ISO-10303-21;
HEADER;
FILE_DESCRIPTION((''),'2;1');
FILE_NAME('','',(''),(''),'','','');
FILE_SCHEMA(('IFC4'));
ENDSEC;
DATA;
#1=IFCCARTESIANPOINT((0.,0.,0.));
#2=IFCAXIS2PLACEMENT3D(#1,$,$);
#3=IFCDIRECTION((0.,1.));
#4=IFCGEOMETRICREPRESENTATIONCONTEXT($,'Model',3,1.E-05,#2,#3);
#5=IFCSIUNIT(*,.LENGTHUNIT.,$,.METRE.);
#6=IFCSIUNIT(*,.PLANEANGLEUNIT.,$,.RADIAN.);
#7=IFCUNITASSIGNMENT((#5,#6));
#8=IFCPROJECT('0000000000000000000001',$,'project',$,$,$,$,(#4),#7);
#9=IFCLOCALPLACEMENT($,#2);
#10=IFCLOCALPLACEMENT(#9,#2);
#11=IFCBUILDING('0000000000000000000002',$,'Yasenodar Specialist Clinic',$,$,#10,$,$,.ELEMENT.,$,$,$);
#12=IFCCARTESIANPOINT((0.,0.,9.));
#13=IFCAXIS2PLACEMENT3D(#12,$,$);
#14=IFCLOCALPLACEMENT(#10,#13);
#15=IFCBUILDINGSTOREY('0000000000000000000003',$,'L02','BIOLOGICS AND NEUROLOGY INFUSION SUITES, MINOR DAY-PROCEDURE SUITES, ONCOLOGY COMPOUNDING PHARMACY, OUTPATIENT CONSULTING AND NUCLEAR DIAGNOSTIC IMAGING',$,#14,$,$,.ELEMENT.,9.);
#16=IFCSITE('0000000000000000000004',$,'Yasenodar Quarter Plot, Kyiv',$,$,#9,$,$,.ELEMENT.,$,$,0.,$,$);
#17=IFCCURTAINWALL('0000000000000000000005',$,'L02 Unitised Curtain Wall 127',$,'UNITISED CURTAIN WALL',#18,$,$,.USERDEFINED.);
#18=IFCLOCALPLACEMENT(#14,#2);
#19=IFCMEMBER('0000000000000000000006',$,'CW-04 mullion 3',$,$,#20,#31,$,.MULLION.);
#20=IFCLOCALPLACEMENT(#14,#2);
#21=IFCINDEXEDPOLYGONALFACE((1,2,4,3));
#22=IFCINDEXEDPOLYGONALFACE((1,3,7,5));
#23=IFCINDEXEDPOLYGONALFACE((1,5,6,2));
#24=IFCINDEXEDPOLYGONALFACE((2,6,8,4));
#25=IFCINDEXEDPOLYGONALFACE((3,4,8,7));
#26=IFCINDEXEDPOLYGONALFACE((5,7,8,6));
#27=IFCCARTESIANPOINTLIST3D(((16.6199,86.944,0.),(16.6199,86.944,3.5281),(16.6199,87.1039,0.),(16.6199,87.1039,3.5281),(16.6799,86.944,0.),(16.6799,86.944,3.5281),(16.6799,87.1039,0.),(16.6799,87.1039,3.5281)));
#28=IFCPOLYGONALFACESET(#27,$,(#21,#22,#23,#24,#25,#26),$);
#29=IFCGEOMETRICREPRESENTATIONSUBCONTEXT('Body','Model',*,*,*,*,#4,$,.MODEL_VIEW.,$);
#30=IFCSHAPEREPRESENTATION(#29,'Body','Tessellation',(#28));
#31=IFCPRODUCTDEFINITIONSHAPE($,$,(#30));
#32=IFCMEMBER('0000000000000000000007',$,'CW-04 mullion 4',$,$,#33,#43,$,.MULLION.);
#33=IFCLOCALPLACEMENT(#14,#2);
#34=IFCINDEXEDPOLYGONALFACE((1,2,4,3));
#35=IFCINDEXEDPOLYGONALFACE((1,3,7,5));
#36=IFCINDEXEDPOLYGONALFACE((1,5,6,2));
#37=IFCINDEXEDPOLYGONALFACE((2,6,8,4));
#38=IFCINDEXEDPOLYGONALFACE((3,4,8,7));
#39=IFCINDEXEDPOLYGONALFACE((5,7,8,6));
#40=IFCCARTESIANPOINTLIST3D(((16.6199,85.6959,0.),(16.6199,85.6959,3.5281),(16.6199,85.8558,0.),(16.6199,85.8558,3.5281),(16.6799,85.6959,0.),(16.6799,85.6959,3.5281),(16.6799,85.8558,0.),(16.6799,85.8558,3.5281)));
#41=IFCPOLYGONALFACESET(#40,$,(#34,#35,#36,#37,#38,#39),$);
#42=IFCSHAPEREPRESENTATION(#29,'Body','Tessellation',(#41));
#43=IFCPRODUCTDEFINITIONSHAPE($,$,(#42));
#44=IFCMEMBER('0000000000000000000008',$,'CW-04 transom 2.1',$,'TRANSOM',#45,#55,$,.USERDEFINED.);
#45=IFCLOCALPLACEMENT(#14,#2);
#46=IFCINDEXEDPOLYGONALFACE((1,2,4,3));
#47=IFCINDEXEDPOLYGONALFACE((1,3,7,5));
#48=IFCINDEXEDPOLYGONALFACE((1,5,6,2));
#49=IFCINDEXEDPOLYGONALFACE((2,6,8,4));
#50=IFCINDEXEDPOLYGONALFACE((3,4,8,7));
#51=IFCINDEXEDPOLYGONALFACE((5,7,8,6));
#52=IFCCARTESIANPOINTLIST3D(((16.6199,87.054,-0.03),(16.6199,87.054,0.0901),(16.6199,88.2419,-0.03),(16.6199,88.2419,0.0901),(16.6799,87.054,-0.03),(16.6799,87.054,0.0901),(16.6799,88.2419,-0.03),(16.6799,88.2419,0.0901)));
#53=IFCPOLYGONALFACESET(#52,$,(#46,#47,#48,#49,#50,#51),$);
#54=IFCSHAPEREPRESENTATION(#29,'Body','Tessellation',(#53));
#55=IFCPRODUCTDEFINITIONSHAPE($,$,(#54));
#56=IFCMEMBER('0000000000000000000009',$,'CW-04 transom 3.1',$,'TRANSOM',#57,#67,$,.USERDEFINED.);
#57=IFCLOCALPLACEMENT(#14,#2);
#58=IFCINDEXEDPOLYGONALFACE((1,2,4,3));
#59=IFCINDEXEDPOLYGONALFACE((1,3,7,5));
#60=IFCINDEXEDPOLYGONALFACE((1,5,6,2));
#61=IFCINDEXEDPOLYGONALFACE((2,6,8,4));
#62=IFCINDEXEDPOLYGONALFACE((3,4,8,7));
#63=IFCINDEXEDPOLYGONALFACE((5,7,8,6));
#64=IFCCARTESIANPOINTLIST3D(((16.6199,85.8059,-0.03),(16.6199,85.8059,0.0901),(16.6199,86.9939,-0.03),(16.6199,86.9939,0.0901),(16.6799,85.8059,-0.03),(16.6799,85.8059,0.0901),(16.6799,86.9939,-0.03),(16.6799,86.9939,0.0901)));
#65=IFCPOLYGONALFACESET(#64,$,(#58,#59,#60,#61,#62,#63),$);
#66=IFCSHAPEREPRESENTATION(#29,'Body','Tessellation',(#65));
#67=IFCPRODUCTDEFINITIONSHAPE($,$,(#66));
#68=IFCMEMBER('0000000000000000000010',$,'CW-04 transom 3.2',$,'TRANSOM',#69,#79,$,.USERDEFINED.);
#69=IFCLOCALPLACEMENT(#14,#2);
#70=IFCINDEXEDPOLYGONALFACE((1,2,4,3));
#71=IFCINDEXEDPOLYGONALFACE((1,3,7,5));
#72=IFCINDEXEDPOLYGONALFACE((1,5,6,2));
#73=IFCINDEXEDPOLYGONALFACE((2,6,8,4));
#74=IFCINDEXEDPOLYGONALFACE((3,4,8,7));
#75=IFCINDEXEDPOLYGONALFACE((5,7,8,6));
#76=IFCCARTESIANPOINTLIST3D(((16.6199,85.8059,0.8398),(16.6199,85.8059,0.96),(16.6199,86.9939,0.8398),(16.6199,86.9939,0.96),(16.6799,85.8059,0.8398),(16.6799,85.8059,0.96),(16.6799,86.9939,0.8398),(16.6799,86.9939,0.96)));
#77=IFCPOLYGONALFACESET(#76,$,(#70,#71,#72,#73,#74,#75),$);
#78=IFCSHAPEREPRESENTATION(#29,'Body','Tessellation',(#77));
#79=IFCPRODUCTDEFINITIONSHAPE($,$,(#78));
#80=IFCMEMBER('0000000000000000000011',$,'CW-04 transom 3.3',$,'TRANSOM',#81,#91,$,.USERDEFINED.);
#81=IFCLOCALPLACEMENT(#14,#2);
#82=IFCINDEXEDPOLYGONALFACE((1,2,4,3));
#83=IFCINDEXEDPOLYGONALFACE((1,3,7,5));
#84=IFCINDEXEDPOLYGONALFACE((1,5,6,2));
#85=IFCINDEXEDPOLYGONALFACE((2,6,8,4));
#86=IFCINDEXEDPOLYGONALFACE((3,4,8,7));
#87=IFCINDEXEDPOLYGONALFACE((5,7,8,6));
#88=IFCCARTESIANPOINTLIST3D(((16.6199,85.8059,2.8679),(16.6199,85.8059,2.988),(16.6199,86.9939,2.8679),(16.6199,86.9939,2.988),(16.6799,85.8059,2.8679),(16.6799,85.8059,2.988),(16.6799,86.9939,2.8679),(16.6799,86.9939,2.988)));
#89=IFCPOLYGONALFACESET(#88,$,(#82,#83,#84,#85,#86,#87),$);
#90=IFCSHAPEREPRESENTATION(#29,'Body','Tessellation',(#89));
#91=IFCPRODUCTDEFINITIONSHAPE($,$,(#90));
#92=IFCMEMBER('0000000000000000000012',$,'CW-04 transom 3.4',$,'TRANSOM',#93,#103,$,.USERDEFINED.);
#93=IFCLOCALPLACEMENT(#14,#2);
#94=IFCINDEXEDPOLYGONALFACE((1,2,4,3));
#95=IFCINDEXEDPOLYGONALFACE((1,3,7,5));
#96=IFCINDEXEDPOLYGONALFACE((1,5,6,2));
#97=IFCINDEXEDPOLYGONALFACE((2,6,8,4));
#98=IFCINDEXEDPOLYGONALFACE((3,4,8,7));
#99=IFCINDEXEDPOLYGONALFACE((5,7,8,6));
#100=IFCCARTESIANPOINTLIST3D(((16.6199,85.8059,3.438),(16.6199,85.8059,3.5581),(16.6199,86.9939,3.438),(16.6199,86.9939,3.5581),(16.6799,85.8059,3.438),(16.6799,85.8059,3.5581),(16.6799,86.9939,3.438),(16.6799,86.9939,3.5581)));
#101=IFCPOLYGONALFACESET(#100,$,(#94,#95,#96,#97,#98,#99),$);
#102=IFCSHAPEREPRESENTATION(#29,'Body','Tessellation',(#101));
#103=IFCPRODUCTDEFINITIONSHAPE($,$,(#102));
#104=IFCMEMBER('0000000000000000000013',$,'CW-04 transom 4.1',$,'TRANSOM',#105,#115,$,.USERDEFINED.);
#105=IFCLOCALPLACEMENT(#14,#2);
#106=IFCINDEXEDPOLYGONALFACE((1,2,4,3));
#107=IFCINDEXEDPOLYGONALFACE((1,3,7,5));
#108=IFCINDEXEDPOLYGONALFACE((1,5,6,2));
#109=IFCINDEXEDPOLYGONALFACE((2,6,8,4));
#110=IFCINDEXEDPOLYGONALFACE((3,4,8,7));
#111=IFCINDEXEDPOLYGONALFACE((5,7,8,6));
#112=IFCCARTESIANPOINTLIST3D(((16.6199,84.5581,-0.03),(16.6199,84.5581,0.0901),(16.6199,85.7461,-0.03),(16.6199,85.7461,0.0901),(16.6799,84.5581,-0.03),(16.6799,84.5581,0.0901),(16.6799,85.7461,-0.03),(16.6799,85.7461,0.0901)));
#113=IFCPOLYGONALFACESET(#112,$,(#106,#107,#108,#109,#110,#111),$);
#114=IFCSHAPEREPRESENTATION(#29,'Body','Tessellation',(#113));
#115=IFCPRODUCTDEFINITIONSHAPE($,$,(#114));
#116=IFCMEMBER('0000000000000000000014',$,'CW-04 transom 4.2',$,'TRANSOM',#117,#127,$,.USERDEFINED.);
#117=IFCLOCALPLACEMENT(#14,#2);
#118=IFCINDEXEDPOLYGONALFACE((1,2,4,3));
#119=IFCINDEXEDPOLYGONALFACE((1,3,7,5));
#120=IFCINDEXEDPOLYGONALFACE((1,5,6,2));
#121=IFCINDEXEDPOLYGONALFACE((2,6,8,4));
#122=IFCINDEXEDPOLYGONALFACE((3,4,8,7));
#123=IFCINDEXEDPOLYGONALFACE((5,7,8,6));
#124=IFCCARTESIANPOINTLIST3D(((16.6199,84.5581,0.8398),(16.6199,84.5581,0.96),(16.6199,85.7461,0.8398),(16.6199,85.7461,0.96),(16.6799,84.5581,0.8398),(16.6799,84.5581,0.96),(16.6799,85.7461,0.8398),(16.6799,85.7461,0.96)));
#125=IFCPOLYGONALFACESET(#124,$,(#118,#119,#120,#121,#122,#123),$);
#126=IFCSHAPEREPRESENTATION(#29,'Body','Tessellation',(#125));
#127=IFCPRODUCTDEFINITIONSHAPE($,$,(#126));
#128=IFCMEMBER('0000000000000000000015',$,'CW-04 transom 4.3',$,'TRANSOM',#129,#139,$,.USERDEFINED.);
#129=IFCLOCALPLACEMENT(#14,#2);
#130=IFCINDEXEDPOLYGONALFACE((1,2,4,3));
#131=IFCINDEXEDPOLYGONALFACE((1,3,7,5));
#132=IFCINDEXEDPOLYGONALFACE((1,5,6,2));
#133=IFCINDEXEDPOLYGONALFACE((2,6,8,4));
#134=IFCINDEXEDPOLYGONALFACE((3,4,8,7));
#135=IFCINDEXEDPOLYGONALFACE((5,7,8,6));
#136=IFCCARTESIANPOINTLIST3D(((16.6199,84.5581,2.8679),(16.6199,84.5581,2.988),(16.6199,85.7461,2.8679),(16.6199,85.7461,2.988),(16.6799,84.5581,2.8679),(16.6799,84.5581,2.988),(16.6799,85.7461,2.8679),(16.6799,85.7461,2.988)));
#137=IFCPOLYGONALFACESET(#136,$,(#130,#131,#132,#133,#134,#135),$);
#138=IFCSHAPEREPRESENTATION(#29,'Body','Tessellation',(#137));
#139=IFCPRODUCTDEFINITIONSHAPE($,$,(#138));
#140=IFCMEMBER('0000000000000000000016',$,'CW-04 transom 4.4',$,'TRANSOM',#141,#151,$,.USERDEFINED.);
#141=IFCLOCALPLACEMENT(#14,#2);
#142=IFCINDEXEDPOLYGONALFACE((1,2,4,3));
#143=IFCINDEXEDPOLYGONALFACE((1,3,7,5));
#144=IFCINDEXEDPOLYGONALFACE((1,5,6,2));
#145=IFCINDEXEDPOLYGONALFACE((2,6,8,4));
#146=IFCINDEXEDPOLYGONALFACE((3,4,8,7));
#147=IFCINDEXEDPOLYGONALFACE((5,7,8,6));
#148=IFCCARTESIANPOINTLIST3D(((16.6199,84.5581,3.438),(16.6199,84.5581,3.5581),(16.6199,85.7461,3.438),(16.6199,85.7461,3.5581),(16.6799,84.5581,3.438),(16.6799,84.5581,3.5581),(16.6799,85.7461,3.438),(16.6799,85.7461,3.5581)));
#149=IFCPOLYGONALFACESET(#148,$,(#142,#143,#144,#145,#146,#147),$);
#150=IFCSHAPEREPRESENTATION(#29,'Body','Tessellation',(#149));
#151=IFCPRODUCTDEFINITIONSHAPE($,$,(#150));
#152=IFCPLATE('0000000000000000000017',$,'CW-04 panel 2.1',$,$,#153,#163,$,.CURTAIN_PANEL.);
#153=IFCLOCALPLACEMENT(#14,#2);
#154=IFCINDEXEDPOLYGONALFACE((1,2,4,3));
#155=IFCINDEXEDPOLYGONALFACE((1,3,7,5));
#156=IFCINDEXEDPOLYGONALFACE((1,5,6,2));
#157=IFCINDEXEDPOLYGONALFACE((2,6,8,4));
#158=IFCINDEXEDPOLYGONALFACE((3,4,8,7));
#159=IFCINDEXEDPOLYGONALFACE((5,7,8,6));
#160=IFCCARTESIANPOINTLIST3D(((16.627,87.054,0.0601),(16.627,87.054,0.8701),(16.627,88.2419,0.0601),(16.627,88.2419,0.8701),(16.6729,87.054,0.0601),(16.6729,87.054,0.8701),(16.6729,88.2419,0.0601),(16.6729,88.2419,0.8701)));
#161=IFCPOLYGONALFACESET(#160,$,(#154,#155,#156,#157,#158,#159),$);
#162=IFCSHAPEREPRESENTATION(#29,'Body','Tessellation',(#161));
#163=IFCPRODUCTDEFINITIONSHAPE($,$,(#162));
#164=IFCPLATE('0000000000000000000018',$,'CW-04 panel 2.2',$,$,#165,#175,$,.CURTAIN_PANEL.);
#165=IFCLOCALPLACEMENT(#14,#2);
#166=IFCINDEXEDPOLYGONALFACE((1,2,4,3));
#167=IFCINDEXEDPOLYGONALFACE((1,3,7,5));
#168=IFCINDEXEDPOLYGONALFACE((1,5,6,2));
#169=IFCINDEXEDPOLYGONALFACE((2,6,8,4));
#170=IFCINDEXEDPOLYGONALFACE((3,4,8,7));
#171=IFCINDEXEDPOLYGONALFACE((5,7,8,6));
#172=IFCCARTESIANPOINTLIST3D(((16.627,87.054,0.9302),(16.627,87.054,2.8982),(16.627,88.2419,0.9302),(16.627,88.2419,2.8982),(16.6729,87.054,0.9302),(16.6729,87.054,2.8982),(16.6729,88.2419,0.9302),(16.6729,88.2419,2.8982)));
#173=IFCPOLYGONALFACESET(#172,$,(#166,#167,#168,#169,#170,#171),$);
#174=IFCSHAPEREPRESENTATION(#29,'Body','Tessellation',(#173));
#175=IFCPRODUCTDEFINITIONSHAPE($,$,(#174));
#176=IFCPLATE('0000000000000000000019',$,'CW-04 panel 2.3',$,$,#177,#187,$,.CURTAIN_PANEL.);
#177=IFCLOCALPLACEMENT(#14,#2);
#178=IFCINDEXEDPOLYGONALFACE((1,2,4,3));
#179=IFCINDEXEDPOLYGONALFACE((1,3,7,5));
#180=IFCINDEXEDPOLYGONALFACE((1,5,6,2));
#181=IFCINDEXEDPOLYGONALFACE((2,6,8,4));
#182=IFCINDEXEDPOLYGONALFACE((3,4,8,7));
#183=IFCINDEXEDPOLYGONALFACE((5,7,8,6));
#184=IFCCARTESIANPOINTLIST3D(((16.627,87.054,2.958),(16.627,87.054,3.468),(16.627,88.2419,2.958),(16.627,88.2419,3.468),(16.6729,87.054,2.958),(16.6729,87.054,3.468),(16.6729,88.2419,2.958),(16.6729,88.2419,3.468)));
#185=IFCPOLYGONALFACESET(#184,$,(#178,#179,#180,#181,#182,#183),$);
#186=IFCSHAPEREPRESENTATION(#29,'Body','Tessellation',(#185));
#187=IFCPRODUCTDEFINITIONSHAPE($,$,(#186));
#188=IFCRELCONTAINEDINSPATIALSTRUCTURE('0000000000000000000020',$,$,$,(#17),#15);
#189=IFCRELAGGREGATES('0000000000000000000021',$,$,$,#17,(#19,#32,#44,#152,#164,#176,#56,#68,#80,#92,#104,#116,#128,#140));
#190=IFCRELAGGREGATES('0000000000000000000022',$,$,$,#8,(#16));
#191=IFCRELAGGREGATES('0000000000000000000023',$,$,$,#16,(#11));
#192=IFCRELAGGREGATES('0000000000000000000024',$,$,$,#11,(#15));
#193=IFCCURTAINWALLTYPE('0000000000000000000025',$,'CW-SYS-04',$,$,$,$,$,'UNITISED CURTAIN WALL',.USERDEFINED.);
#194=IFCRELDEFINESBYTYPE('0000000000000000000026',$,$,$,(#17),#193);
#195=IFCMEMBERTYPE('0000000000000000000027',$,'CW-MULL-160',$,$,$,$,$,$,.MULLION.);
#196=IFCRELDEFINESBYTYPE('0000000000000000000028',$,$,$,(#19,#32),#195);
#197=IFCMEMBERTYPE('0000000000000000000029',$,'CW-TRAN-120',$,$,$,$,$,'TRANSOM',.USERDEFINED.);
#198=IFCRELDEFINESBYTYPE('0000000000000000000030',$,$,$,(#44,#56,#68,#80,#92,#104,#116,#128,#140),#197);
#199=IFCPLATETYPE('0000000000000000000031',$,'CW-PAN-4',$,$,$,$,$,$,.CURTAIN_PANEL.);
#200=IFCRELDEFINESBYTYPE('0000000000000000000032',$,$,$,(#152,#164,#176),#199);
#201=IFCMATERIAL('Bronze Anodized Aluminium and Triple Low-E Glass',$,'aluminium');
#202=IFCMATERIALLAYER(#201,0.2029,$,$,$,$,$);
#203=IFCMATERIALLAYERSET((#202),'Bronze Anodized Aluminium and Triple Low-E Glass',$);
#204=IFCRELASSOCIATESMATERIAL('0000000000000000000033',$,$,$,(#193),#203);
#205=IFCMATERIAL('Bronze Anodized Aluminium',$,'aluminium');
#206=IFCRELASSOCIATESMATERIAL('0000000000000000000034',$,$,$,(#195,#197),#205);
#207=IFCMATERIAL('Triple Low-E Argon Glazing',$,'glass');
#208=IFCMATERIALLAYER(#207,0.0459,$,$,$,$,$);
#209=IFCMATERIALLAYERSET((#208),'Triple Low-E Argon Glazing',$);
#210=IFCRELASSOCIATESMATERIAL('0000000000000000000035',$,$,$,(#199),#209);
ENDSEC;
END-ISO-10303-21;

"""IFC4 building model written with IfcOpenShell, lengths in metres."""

from ifc_helpers import new_model, si_unit, direction, frame, origin, origin_2d, place, context, subcontext, project, spatial, rectangle, extrude, material, layer, layer_set, material_profile, profile_set, type_object, element, aggregate, save


model = new_model("IFC4")

# Units and contexts
model_context = context("Model", 3, precision=1e-05, world=origin(), true_north=direction((0.0, 1.0)))
body_context = subcontext(model_context, "Body", "Model", "MODEL_VIEW")
ifc_project = project(units=[si_unit("LENGTHUNIT", "METRE"), si_unit("PLANEANGLEUNIT", "RADIAN")], contexts=[model_context])

# Site, building, storey
site_placement = place(None, origin())
site = spatial("IfcSite", under=ifc_project, at=site_placement, Name="Yasenodar Quarter Plot, Kyiv", CompositionType="ELEMENT", RefElevation=0.0)
building_placement = place(site_placement, origin())
building = spatial("IfcBuilding", under=site, at=building_placement, Name="Yasenodar Specialist Clinic", CompositionType="ELEMENT")
storey_placement = place(building_placement, frame((0.0, 0.0, 9.0)))
storey = spatial("IfcBuildingStorey", under=building, at=storey_placement, Name="L02", Description="BIOLOGICS AND NEUROLOGY INFUSION SUITES, MINOR DAY-PROCEDURE SUITES, ONCOLOGY COMPOUNDING PHARMACY, OUTPATIENT CONSULTING AND NUCLEAR DIAGNOSTIC IMAGING", CompositionType="ELEMENT", Elevation=9.0)

# Curtain wall, members, plates
ifc_material_1 = material(Name="Bronze Anodized Aluminium and Triple Low-E Glass", Category="aluminium")
ifc_layer_1 = layer(ifc_material_1, 0.2029)
ifc_layer_set_1 = layer_set([ifc_layer_1], Name="Bronze Anodized Aluminium and Triple Low-E Glass")
curtain_wall_type = type_object("IfcCurtainWallType", Name="CW-SYS-04", ElementType="UNITISED CURTAIN WALL", PredefinedType="USERDEFINED", material=ifc_layer_set_1)
curtain_wall_placement = place(storey_placement, origin())
curtain_wall = element("IfcCurtainWall", 1, at=curtain_wall_placement, inside=storey, type_object=curtain_wall_type, Name="L02 Unitised Curtain Wall 127", ObjectType="UNITISED CURTAIN WALL", PredefinedType="USERDEFINED")
ifc_material_2 = material(Name="Bronze Anodized Aluminium", Category="aluminium")
ifc_material_profile_1 = material_profile(ifc_material_2, rectangle(XDim=0.0601, YDim=0.1599, at=origin_2d()), Name="CW-MULL 60x160")
ifc_profile_set_1 = profile_set([ifc_material_profile_1], Name="Bronze Anodized Aluminium")
member_type_1 = type_object("IfcMemberType", Name="CW-MULL-160", PredefinedType="MULLION", material=ifc_profile_set_1)
member_1_placement = place(storey_placement, frame((16.6499, 87.0239, 0.0), z_axis=(0.0, 0.0, 1.0), x_axis=(1.0, 0.0, 0.0)))
member_1 = element("IfcMember", 2, at=member_1_placement, type_object=member_type_1, Name="CW-04 mullion 3", PredefinedType="MULLION", context=body_context, shape_type="SweptSolid", body=[
    extrude(rectangle(XDim=0.0601, YDim=0.1599, at=origin_2d()), origin(), (0.0, 0.0, 1.0), 3.5281),
])
member_2_placement = place(storey_placement, frame((16.6499, 85.7759, 0.0), z_axis=(0.0, 0.0, 1.0), x_axis=(1.0, 0.0, 0.0)))
member_2 = element("IfcMember", 3, at=member_2_placement, type_object=member_type_1, Name="CW-04 mullion 4", PredefinedType="MULLION", context=body_context, shape_type="SweptSolid", body=[
    extrude(rectangle(XDim=0.0601, YDim=0.1599, at=origin_2d()), origin(), (0.0, 0.0, 1.0), 3.5281),
])
ifc_material_profile_2 = material_profile(ifc_material_2, rectangle(XDim=0.0601, YDim=0.1201, at=origin_2d()), Name="CW-TRAN 60x120")
ifc_profile_set_2 = profile_set([ifc_material_profile_2], Name="Bronze Anodized Aluminium")
member_type_2 = type_object("IfcMemberType", Name="CW-TRAN-120", ElementType="TRANSOM", PredefinedType="USERDEFINED", material=ifc_profile_set_2)
member_3_placement = place(storey_placement, frame((16.6499, 88.2419, 0.03), z_axis=(0.0, -1.0, 0.0), x_axis=(1.0, 0.0, 0.0)))
member_3 = element("IfcMember", 4, at=member_3_placement, type_object=member_type_2, Name="CW-04 transom 2.1", ObjectType="TRANSOM", PredefinedType="USERDEFINED", context=body_context, shape_type="SweptSolid", body=[
    extrude(rectangle(XDim=0.0601, YDim=0.1201, at=origin_2d()), origin(), (0.0, 0.0, 1.0), 1.188),
])
member_4_placement = place(storey_placement, frame((16.6499, 86.9939, 0.03), z_axis=(0.0, -1.0, 0.0), x_axis=(1.0, 0.0, 0.0)))
member_4 = element("IfcMember", 5, at=member_4_placement, type_object=member_type_2, Name="CW-04 transom 3.1", ObjectType="TRANSOM", PredefinedType="USERDEFINED", context=body_context, shape_type="SweptSolid", body=[
    extrude(rectangle(XDim=0.0601, YDim=0.1201, at=origin_2d()), origin(), (0.0, 0.0, 1.0), 1.188),
])
member_5_placement = place(storey_placement, frame((16.6499, 86.9939, 0.8999), z_axis=(0.0, -1.0, 0.0), x_axis=(1.0, 0.0, 0.0)))
member_5 = element("IfcMember", 6, at=member_5_placement, type_object=member_type_2, Name="CW-04 transom 3.2", ObjectType="TRANSOM", PredefinedType="USERDEFINED", context=body_context, shape_type="SweptSolid", body=[
    extrude(rectangle(XDim=0.0601, YDim=0.1201, at=origin_2d()), origin(), (0.0, 0.0, 1.0), 1.188),
])
member_6_placement = place(storey_placement, frame((16.6499, 86.9939, 2.928), z_axis=(0.0, -1.0, 0.0), x_axis=(1.0, 0.0, 0.0)))
member_6 = element("IfcMember", 7, at=member_6_placement, type_object=member_type_2, Name="CW-04 transom 3.3", ObjectType="TRANSOM", PredefinedType="USERDEFINED", context=body_context, shape_type="SweptSolid", body=[
    extrude(rectangle(XDim=0.0601, YDim=0.1201, at=origin_2d()), origin(), (0.0, 0.0, 1.0), 1.188),
])
member_7_placement = place(storey_placement, frame((16.6499, 86.9939, 3.498), z_axis=(0.0, -1.0, 0.0), x_axis=(1.0, 0.0, 0.0)))
member_7 = element("IfcMember", 8, at=member_7_placement, type_object=member_type_2, Name="CW-04 transom 3.4", ObjectType="TRANSOM", PredefinedType="USERDEFINED", context=body_context, shape_type="SweptSolid", body=[
    extrude(rectangle(XDim=0.0601, YDim=0.1201, at=origin_2d()), origin(), (0.0, 0.0, 1.0), 1.188),
])
member_8_placement = place(storey_placement, frame((16.6499, 85.7461, 0.03), z_axis=(0.0, -1.0, 0.0), x_axis=(1.0, 0.0, 0.0)))
member_8 = element("IfcMember", 9, at=member_8_placement, type_object=member_type_2, Name="CW-04 transom 4.1", ObjectType="TRANSOM", PredefinedType="USERDEFINED", context=body_context, shape_type="SweptSolid", body=[
    extrude(rectangle(XDim=0.0601, YDim=0.1201, at=origin_2d()), origin(), (0.0, 0.0, 1.0), 1.188),
])
member_9_placement = place(storey_placement, frame((16.6499, 85.7461, 0.8999), z_axis=(0.0, -1.0, 0.0), x_axis=(1.0, 0.0, 0.0)))
member_9 = element("IfcMember", 10, at=member_9_placement, type_object=member_type_2, Name="CW-04 transom 4.2", ObjectType="TRANSOM", PredefinedType="USERDEFINED", context=body_context, shape_type="SweptSolid", body=[
    extrude(rectangle(XDim=0.0601, YDim=0.1201, at=origin_2d()), origin(), (0.0, 0.0, 1.0), 1.188),
])
member_10_placement = place(storey_placement, frame((16.6499, 85.7461, 2.928), z_axis=(0.0, -1.0, 0.0), x_axis=(1.0, 0.0, 0.0)))
member_10 = element("IfcMember", 11, at=member_10_placement, type_object=member_type_2, Name="CW-04 transom 4.3", ObjectType="TRANSOM", PredefinedType="USERDEFINED", context=body_context, shape_type="SweptSolid", body=[
    extrude(rectangle(XDim=0.0601, YDim=0.1201, at=origin_2d()), origin(), (0.0, 0.0, 1.0), 1.188),
])
member_11_placement = place(storey_placement, frame((16.6499, 85.7461, 3.498), z_axis=(0.0, -1.0, 0.0), x_axis=(1.0, 0.0, 0.0)))
member_11 = element("IfcMember", 12, at=member_11_placement, type_object=member_type_2, Name="CW-04 transom 4.4", ObjectType="TRANSOM", PredefinedType="USERDEFINED", context=body_context, shape_type="SweptSolid", body=[
    extrude(rectangle(XDim=0.0601, YDim=0.1201, at=origin_2d()), origin(), (0.0, 0.0, 1.0), 1.188),
])
ifc_material_3 = material(Name="Triple Low-E Argon Glazing", Category="glass")
ifc_layer_2 = layer(ifc_material_3, 0.0459)
ifc_layer_set_2 = layer_set([ifc_layer_2], Name="Triple Low-E Argon Glazing")
plate_type = type_object("IfcPlateType", Name="CW-PAN-4", PredefinedType="CURTAIN_PANEL", material=ifc_layer_set_2)
plate_1_placement = place(storey_placement, frame((16.6499, 87.6479, 0.0601), z_axis=(0.0, 0.0, 1.0), x_axis=(0.0, -1.0, 0.0)))
plate_1 = element("IfcPlate", 13, at=plate_1_placement, type_object=plate_type, Name="CW-04 panel 2.1", PredefinedType="CURTAIN_PANEL", context=body_context, shape_type="SweptSolid", body=[
    extrude(rectangle(XDim=1.188, YDim=0.0459, at=origin_2d()), origin(), (0.0, 0.0, 1.0), 0.8101),
])
plate_2_placement = place(storey_placement, frame((16.6499, 87.6479, 0.9302), z_axis=(0.0, 0.0, 1.0), x_axis=(0.0, -1.0, 0.0)))
plate_2 = element("IfcPlate", 14, at=plate_2_placement, type_object=plate_type, Name="CW-04 panel 2.2", PredefinedType="CURTAIN_PANEL", context=body_context, shape_type="SweptSolid", body=[
    extrude(rectangle(XDim=1.188, YDim=0.0459, at=origin_2d()), origin(), (0.0, 0.0, 1.0), 1.968),
])
plate_3_placement = place(storey_placement, frame((16.6499, 87.6479, 2.958), z_axis=(0.0, 0.0, 1.0), x_axis=(0.0, -1.0, 0.0)))
plate_3 = element("IfcPlate", 15, at=plate_3_placement, type_object=plate_type, Name="CW-04 panel 2.3", PredefinedType="CURTAIN_PANEL", context=body_context, shape_type="SweptSolid", body=[
    extrude(rectangle(XDim=1.188, YDim=0.0459, at=origin_2d()), origin(), (0.0, 0.0, 1.0), 0.51),
])
aggregate(curtain_wall, [member_1, member_2, member_3, plate_1, plate_2, plate_3, member_4, member_5, member_6, member_7, member_8, member_9, member_10, member_11])

save(model, "model.ifc")
